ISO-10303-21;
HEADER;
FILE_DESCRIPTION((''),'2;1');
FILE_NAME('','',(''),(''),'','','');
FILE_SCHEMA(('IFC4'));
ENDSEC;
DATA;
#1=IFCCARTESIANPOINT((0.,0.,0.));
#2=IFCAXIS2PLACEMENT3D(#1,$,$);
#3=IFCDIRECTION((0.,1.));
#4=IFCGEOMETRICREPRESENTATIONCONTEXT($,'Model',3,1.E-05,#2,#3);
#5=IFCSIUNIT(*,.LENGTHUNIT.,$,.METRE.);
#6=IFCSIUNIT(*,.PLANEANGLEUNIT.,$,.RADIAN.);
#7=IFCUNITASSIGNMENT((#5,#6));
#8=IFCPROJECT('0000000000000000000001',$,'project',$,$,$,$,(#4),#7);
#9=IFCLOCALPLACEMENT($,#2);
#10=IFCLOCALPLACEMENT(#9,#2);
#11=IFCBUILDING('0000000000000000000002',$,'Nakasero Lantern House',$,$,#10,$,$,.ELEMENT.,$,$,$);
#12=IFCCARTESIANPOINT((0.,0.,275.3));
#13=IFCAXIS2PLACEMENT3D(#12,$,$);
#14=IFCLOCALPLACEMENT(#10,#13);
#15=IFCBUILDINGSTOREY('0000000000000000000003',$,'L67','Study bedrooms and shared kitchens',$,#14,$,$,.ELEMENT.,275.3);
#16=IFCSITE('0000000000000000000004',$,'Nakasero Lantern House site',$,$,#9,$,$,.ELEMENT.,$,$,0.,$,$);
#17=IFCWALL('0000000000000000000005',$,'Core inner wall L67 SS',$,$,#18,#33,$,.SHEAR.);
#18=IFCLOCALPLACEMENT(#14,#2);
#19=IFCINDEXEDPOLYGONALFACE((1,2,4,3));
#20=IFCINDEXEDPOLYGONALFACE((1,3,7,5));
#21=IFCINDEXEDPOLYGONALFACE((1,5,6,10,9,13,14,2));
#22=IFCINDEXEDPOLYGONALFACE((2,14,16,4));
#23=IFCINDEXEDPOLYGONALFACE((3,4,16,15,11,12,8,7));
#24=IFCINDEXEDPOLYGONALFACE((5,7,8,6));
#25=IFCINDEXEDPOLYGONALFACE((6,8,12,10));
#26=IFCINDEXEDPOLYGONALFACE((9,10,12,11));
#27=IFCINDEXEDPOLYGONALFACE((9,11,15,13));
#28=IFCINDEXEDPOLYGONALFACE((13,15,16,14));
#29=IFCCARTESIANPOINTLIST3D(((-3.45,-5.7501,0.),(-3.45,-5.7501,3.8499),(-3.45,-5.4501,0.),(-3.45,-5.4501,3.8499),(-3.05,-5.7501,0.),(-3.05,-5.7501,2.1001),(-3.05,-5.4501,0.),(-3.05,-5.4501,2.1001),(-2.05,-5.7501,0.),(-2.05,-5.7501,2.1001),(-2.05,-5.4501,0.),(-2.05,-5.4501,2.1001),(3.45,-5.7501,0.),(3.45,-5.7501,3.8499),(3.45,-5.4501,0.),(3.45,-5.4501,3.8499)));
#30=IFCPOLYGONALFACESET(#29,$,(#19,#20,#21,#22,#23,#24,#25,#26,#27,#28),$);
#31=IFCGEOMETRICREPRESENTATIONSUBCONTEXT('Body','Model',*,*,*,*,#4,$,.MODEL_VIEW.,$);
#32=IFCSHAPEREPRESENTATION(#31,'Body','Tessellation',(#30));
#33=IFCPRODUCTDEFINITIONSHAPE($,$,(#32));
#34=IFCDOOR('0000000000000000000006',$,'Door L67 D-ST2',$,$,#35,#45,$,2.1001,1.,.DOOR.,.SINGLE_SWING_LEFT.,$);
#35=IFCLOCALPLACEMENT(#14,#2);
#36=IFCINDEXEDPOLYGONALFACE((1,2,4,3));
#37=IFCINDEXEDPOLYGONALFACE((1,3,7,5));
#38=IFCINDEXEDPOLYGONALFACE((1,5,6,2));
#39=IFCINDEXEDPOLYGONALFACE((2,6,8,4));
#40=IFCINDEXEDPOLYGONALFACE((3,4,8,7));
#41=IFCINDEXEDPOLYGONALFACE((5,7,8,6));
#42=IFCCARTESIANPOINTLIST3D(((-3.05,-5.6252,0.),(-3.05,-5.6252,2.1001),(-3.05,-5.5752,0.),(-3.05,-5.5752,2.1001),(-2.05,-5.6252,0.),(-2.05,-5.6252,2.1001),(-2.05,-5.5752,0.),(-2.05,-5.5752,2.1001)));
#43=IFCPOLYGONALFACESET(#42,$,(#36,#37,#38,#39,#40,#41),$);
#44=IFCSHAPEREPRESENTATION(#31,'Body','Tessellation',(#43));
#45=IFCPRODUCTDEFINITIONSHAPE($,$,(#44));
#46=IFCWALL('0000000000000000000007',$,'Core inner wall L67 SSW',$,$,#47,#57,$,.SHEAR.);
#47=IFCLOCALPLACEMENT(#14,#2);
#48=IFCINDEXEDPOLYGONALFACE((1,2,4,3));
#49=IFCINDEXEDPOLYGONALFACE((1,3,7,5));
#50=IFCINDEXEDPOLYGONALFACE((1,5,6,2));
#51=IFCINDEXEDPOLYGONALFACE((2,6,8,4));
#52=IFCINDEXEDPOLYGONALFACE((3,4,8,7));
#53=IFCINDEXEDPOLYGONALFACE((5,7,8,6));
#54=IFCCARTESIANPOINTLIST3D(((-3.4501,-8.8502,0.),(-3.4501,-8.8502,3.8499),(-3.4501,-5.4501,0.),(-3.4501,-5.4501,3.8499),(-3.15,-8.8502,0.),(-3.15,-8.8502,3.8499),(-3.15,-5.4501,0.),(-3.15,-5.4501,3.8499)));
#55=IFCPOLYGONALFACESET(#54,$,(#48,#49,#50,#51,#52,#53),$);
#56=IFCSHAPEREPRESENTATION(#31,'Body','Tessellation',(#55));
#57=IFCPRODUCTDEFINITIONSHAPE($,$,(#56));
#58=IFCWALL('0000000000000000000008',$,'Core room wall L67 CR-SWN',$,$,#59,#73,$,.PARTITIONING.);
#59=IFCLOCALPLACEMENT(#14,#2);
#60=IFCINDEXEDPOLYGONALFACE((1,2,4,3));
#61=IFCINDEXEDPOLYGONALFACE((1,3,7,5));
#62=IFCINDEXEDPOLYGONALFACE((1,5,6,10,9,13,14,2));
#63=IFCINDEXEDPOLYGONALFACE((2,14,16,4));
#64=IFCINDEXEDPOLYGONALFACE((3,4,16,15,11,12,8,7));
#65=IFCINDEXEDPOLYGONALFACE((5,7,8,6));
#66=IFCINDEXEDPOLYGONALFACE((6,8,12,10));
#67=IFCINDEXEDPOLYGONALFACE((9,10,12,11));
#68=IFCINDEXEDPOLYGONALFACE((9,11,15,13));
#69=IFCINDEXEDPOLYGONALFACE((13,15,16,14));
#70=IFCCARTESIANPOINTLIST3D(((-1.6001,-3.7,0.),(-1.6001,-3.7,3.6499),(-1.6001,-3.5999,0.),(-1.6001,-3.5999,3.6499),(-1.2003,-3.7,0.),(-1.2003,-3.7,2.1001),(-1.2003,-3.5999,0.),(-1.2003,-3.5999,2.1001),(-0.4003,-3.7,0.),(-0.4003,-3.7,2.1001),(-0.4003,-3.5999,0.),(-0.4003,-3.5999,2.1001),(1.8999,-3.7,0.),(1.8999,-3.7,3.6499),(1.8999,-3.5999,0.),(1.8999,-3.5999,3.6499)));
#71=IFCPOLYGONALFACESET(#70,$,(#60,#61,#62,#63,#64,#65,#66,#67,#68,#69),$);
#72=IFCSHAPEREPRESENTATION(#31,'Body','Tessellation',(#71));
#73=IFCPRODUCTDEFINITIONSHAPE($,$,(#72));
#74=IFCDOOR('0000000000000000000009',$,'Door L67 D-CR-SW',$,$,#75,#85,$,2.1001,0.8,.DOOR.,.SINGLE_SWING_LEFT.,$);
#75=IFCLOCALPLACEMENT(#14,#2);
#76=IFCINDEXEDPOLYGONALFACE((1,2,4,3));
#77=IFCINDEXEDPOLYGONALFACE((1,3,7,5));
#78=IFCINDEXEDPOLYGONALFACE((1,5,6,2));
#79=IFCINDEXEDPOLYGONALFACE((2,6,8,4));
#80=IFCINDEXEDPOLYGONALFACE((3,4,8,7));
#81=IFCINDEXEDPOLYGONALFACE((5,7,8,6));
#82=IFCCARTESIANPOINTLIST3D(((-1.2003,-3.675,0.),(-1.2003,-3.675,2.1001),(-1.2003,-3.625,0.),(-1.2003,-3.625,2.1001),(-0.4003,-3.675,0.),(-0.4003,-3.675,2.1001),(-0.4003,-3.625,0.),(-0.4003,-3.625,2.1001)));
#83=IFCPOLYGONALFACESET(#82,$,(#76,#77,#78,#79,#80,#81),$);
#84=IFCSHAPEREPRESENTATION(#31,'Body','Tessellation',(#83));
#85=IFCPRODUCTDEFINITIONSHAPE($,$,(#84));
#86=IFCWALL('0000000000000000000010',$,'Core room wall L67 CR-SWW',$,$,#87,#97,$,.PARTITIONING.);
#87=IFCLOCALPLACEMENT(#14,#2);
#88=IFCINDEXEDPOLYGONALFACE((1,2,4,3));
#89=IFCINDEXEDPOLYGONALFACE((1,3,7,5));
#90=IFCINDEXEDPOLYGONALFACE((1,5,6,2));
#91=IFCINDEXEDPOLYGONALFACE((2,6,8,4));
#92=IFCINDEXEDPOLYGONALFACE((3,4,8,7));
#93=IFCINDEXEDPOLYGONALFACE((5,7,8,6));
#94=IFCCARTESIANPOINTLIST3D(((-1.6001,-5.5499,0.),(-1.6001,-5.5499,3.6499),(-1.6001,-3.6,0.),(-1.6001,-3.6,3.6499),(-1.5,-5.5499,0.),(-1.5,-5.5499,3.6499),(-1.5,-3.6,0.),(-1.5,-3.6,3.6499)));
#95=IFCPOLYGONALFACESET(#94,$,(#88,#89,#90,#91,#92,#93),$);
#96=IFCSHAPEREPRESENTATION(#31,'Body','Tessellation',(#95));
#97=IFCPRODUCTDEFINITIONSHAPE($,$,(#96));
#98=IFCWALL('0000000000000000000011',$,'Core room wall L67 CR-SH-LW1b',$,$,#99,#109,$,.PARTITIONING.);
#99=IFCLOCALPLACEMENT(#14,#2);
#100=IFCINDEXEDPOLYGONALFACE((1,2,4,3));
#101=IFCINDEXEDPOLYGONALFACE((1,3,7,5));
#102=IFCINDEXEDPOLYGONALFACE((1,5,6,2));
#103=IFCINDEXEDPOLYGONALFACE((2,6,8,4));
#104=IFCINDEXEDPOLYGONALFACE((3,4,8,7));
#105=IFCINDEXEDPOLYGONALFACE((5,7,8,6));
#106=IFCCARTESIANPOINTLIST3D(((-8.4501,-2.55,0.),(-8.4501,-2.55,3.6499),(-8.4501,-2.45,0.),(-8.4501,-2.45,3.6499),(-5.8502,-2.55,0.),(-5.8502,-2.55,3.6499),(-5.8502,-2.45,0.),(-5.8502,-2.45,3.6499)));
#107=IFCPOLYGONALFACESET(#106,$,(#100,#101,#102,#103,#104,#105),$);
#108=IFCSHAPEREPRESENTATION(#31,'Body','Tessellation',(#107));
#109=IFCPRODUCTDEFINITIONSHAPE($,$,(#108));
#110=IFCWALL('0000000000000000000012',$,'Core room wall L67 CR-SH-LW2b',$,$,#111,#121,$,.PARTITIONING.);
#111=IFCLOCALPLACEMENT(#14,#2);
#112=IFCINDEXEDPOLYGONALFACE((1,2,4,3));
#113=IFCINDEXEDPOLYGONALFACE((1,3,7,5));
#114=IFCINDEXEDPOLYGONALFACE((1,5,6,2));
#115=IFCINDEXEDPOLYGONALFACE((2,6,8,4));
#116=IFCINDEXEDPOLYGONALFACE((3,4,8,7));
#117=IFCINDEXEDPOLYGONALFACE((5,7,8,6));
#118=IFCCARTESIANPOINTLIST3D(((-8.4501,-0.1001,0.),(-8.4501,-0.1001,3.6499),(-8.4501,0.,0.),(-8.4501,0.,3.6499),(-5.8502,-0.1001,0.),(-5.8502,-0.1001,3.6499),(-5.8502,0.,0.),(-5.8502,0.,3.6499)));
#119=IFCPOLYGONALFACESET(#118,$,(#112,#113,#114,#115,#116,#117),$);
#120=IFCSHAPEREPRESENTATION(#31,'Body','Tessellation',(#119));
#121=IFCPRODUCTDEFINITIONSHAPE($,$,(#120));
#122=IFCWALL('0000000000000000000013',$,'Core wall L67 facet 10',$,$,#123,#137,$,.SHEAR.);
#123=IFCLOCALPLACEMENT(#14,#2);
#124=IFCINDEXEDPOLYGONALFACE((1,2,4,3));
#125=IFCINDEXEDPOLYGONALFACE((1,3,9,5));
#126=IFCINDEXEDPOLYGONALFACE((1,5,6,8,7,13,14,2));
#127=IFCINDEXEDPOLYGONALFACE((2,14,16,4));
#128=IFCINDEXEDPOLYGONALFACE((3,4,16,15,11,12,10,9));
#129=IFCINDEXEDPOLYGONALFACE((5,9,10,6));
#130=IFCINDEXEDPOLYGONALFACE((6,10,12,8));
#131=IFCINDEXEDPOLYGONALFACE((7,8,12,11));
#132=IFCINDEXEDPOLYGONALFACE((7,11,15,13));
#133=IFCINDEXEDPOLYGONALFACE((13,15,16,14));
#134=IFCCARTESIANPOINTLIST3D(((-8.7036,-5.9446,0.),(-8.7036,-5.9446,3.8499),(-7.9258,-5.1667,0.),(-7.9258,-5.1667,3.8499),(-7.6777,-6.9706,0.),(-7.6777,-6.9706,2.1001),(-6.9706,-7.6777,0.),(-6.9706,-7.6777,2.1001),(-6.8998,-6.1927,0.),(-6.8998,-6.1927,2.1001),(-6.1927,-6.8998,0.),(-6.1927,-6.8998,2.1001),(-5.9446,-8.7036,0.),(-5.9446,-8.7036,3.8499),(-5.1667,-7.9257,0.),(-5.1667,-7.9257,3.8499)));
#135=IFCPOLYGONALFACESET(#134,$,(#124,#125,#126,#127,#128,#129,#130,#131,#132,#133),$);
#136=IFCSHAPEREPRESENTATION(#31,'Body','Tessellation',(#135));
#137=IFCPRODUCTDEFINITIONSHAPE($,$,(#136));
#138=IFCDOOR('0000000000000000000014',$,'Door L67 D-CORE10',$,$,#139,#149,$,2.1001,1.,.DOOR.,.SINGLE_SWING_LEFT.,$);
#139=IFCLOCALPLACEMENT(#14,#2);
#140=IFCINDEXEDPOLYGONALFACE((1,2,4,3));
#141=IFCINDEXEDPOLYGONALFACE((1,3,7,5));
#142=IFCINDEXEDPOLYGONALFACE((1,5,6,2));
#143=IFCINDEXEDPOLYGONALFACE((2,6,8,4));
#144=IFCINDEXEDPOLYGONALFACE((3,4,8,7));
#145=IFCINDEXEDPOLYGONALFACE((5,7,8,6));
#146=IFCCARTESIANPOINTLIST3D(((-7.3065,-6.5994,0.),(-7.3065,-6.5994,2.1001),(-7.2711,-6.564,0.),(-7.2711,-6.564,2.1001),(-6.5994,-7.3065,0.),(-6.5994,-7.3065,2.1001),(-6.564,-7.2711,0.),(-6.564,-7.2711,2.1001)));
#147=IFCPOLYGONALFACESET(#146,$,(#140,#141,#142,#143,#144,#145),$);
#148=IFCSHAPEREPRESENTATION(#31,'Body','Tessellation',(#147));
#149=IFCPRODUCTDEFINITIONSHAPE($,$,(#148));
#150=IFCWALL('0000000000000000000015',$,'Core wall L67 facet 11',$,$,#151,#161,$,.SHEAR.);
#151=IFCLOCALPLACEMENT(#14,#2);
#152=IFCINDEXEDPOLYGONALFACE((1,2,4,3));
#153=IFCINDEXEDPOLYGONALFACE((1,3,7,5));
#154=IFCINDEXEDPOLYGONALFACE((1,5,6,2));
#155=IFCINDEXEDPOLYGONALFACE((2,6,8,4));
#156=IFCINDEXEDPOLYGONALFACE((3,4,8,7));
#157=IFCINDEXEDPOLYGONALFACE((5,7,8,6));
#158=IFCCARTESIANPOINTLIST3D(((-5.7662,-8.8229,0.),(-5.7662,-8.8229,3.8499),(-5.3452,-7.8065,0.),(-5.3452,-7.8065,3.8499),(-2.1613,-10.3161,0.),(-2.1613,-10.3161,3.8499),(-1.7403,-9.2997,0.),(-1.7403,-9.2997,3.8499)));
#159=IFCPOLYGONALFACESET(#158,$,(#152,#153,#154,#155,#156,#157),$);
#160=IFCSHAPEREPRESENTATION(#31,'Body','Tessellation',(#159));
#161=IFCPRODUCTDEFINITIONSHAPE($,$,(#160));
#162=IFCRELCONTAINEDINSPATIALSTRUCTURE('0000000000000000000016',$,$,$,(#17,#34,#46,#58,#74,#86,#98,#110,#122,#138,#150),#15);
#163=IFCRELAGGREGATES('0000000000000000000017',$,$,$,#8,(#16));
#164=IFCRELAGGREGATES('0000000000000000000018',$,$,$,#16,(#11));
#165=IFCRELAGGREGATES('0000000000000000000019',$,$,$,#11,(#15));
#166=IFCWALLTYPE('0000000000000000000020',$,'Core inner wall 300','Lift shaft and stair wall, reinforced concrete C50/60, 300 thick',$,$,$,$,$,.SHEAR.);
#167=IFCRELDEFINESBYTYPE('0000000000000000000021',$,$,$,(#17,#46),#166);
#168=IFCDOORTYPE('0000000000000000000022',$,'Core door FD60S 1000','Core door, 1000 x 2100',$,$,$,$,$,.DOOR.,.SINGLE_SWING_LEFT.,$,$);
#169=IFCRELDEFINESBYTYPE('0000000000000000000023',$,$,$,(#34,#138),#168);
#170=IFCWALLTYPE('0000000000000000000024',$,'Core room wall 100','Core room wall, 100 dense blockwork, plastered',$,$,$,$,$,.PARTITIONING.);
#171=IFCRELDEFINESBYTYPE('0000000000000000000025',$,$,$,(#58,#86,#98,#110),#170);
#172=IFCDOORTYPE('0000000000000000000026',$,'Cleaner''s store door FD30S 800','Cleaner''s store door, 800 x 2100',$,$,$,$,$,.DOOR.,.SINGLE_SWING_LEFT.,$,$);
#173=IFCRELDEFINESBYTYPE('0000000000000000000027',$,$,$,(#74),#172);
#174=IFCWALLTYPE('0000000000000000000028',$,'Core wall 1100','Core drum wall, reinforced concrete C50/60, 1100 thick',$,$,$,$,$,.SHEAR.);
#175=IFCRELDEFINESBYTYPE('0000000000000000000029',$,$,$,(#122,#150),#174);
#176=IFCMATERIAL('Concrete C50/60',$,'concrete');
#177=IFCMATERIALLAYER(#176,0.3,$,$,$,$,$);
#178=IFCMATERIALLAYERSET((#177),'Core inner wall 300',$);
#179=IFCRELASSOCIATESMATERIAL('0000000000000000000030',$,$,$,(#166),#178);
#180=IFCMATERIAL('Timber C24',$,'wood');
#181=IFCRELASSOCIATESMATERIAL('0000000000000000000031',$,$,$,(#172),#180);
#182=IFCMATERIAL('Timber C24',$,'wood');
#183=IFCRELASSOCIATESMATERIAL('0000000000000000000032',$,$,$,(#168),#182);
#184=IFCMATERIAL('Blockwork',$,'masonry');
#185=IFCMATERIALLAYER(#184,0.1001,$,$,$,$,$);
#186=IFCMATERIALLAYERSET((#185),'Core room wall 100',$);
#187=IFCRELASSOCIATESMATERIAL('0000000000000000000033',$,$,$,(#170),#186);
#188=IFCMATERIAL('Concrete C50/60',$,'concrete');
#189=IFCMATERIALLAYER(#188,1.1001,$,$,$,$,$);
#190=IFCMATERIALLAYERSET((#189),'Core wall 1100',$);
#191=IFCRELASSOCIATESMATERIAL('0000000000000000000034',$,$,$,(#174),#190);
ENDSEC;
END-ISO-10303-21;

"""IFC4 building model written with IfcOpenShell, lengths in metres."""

from ifc_helpers import new_model, si_unit, direction, frame, frame_2d, origin, place, context, subcontext, project, spatial, rectangle, extrude, material, layer, layer_set, type_object, element, fill, save


model = new_model("IFC4")

# Units and contexts
model_context = context("Model", 3, precision=1e-05, world=origin(), true_north=direction((0.0, 1.0)))
body_context = subcontext(model_context, "Body", "Model", "MODEL_VIEW")
ifc_project = project(units=[si_unit("LENGTHUNIT", "METRE"), si_unit("PLANEANGLEUNIT", "RADIAN")], contexts=[model_context])

# Site, building, storey
site_placement = place(None, origin())
site = spatial("IfcSite", under=ifc_project, at=site_placement, Name="Nakasero Lantern House site", CompositionType="ELEMENT", RefElevation=0.0)
building_placement = place(site_placement, origin())
building = spatial("IfcBuilding", under=site, at=building_placement, Name="Nakasero Lantern House", CompositionType="ELEMENT")
storey_placement = place(building_placement, frame((0.0, 0.0, 275.3)))
storey = spatial("IfcBuildingStorey", under=building, at=storey_placement, Name="L67", Description="Study bedrooms and shared kitchens", CompositionType="ELEMENT", Elevation=275.3)

# Shared definitions
ifc_material_1 = material(Name="Concrete C50/60", Category="concrete")
ifc_layer_1 = layer(ifc_material_1, 0.3)
ifc_layer_set_1 = layer_set([ifc_layer_1], Name="Core inner wall 300")
wall_type_1 = type_object("IfcWallType", Name="Core inner wall 300", Description="Lift shaft and stair wall, reinforced concrete C50/60, 300 thick", PredefinedType="SHEAR", material=ifc_layer_set_1)
ifc_material_2 = material(Name="Timber C24", Category="wood")
door_type_1 = type_object("IfcDoorType", Name="Cleaner's store door FD30S 800", Description="Cleaner's store door, 800 x 2100", OperationType="SINGLE_SWING_LEFT", PredefinedType="DOOR", material=ifc_material_2)

# Wall, opening, door
wall_1_placement = place(storey_placement, frame((-3.45, -5.6001, 0.0), z_axis=(0.0, 0.0, 1.0), x_axis=(1.0, 0.0, 0.0)))
wall_1 = element("IfcWall", 1, at=wall_1_placement, inside=storey, type_object=wall_type_1, Name="Core inner wall L67 SS", PredefinedType="SHEAR", context=body_context, shape_type="SweptSolid", body=[
    extrude(rectangle(XDim=6.8999, YDim=0.3, at=frame_2d((3.45, 0.0))), origin(), (0.0, 0.0, 1.0), 3.8499),
])
opening_1_placement = place(wall_1_placement, frame((0.3999, 0.0, 0.0)))
opening_1 = element("IfcOpeningElement", 2, at=opening_1_placement, cuts=wall_1, PredefinedType="OPENING", context=body_context, shape_type="SweptSolid", body=[
    extrude(rectangle(XDim=1.0, YDim=2.1001, at=frame_2d((0.5, 1.05))), frame((0.0, 0.1699, 0.0), z_axis=(0.0, -1.0, 0.0), x_axis=(1.0, 0.0, 0.0)), (0.0, 0.0, 1.0), 0.3401),
])
ifc_material_3 = material(Name="Timber C24", Category="wood")
door_type_2 = type_object("IfcDoorType", Name="Core door FD60S 1000", Description="Core door, 1000 x 2100", OperationType="SINGLE_SWING_LEFT", PredefinedType="DOOR", material=ifc_material_3)
door_1_placement = place(opening_1_placement, origin())
door_1 = element("IfcDoor", 3, at=door_1_placement, inside=storey, type_object=door_type_2, Name="Door L67 D-ST2", OperationType="SINGLE_SWING_LEFT", OverallHeight=2.1001, OverallWidth=1.0, PredefinedType="DOOR", context=body_context, shape_type="SweptSolid", body=[
    extrude(rectangle(XDim=1.0, YDim=2.1001, at=frame_2d((0.5, 1.05))), frame((0.0, 0.0249, 0.0), z_axis=(0.0, -1.0, 0.0), x_axis=(1.0, 0.0, 0.0)), (0.0, 0.0, 1.0), 0.05),
])
fill(opening_1, door_1)

# Wall
wall_2_placement = place(storey_placement, frame((-3.3, -5.45, 0.0), z_axis=(0.0, 0.0, 1.0), x_axis=(0.0, -1.0, 0.0)))
element("IfcWall", 4, at=wall_2_placement, inside=storey, type_object=wall_type_1, Name="Core inner wall L67 SSW", PredefinedType="SHEAR", context=body_context, shape_type="SweptSolid", body=[
    extrude(rectangle(XDim=3.4001, YDim=0.3, at=frame_2d((1.7002, 0.0))), origin(), (0.0, 0.0, 1.0), 3.8499),
])

# Wall, opening, door
ifc_material_4 = material(Name="Blockwork", Category="masonry")
ifc_layer_2 = layer(ifc_material_4, 0.1001)
ifc_layer_set_2 = layer_set([ifc_layer_2], Name="Core room wall 100")
wall_type_2 = type_object("IfcWallType", Name="Core room wall 100", Description="Core room wall, 100 dense blockwork, plastered", PredefinedType="PARTITIONING", material=ifc_layer_set_2)
wall_3_placement = place(storey_placement, frame((-1.6001, -3.6499, 0.0), z_axis=(0.0, 0.0, 1.0), x_axis=(1.0, 0.0, 0.0)))
wall_3 = element("IfcWall", 5, at=wall_3_placement, inside=storey, type_object=wall_type_2, Name="Core room wall L67 CR-SWN", PredefinedType="PARTITIONING", context=body_context, shape_type="SweptSolid", body=[
    extrude(rectangle(XDim=3.5, YDim=0.1001, at=frame_2d((1.75, 0.0))), origin(), (0.0, 0.0, 1.0), 3.6499),
])
opening_2_placement = place(wall_3_placement, frame((0.3999, 0.0, 0.0)))
opening_2 = element("IfcOpeningElement", 6, at=opening_2_placement, cuts=wall_3, PredefinedType="OPENING", context=body_context, shape_type="SweptSolid", body=[
    extrude(rectangle(XDim=0.8, YDim=2.1001, at=frame_2d((0.3999, 1.05))), frame((0.0, 0.0701, 0.0), z_axis=(0.0, -1.0, 0.0), x_axis=(1.0, 0.0, 0.0)), (0.0, 0.0, 1.0), 0.1401),
])
door_2_placement = place(opening_2_placement, origin())
door_2 = element("IfcDoor", 7, at=door_2_placement, inside=storey, type_object=door_type_1, Name="Door L67 D-CR-SW", OperationType="SINGLE_SWING_LEFT", OverallHeight=2.1001, OverallWidth=0.8, PredefinedType="DOOR", context=body_context, shape_type="SweptSolid", body=[
    extrude(rectangle(XDim=0.8, YDim=2.1001, at=frame_2d((0.3999, 1.05))), frame((0.0, 0.0249, 0.0), z_axis=(0.0, -1.0, 0.0), x_axis=(1.0, 0.0, 0.0)), (0.0, 0.0, 1.0), 0.05),
])
fill(opening_2, door_2)

# Walls
wall_4_placement = place(storey_placement, frame((-1.55, -5.55, 0.0), z_axis=(0.0, 0.0, 1.0), x_axis=(0.0, 1.0, 0.0)))
element("IfcWall", 8, at=wall_4_placement, inside=storey, type_object=wall_type_2, Name="Core room wall L67 CR-SWW", PredefinedType="PARTITIONING", context=body_context, shape_type="SweptSolid", body=[
    extrude(rectangle(XDim=1.95, YDim=0.1001, at=frame_2d((0.9751, 0.0))), origin(), (0.0, 0.0, 1.0), 3.6499),
])
for number, where, z_axis, x_axis, name in (
    (9, (-8.45, -2.5, 0.0), (0.0, 0.0, 1.0), (1.0, 0.0, 0.0), "Core room wall L67 CR-SH-LW1b"),
    (10, (-8.45, -0.05, 0.0), (0.0, 0.0, 1.0), (1.0, 0.0, 0.0), "Core room wall L67 CR-SH-LW2b"),
):
    element("IfcWall", number, at=place(storey_placement, frame(where, z_axis=z_axis, x_axis=x_axis)), inside=storey, type_object=wall_type_2, Name=name, PredefinedType="PARTITIONING", context=body_context, shape_type="SweptSolid", body=[
        extrude(rectangle(XDim=2.5999, YDim=0.1001, at=frame_2d((1.2998, 0.0))), origin(), (0.0, 0.0, 1.0), 3.6499),
    ])

# Wall, opening, door
ifc_material_5 = material(Name="Concrete C50/60", Category="concrete")
ifc_layer_3 = layer(ifc_material_5, 1.1001)
ifc_layer_set_3 = layer_set([ifc_layer_3], Name="Core wall 1100")
wall_type_3 = type_object("IfcWallType", Name="Core wall 1100", Description="Core drum wall, reinforced concrete C50/60, 1100 thick", PredefinedType="SHEAR", material=ifc_layer_set_3)
wall_5_placement = place(storey_placement, frame((-8.3147, -5.5557, 0.0), z_axis=(0.0, 0.0, 1.0), x_axis=(0.707107, -0.707107, 0.0)))
wall_5 = element("IfcWall", 11, at=wall_5_placement, inside=storey, type_object=wall_type_3, Name="Core wall L67 facet 10", PredefinedType="SHEAR", context=body_context, shape_type="SweptSolid", body=[
    extrude(rectangle(XDim=3.9019, YDim=1.1001, at=frame_2d((1.9509, 0.0))), origin(), (0.0, 0.0, 1.0), 3.8499),
])
opening_3_placement = place(wall_5_placement, frame((1.4509, 0.0, 0.0)))
opening_3 = element("IfcOpeningElement", 12, at=opening_3_placement, cuts=wall_5, PredefinedType="OPENING", context=body_context, shape_type="SweptSolid", body=[
    extrude(rectangle(XDim=1.0, YDim=2.1001, at=frame_2d((0.5, 1.05))), frame((0.0, 0.5701, 0.0), z_axis=(0.0, -1.0, 0.0), x_axis=(1.0, 0.0, 0.0)), (0.0, 0.0, 1.0), 1.1401),
])
door_3_placement = place(opening_3_placement, origin())
door_3 = element("IfcDoor", 13, at=door_3_placement, inside=storey, type_object=door_type_2, Name="Door L67 D-CORE10", OperationType="SINGLE_SWING_LEFT", OverallHeight=2.1001, OverallWidth=1.0, PredefinedType="DOOR", context=body_context, shape_type="SweptSolid", body=[
    extrude(rectangle(XDim=1.0, YDim=2.1001, at=frame_2d((0.5, 1.05))), frame((0.0, 0.0249, 0.0), z_axis=(0.0, -1.0, 0.0), x_axis=(1.0, 0.0, 0.0)), (0.0, 0.0, 1.0), 0.05),
])
fill(opening_3, door_3)

# Wall
wall_6_placement = place(storey_placement, frame((-5.5557, -8.3147, 0.0), z_axis=(0.0, 0.0, 1.0), x_axis=(0.923877, -0.382691, 0.0)))
element("IfcWall", 14, at=wall_6_placement, inside=storey, type_object=wall_type_3, Name="Core wall L67 facet 11", PredefinedType="SHEAR", context=body_context, shape_type="SweptSolid", body=[
    extrude(rectangle(XDim=3.9019, YDim=1.1001, at=frame_2d((1.9509, 0.0))), origin(), (0.0, 0.0, 1.0), 3.8499),
])

save(model, "model.ifc")
